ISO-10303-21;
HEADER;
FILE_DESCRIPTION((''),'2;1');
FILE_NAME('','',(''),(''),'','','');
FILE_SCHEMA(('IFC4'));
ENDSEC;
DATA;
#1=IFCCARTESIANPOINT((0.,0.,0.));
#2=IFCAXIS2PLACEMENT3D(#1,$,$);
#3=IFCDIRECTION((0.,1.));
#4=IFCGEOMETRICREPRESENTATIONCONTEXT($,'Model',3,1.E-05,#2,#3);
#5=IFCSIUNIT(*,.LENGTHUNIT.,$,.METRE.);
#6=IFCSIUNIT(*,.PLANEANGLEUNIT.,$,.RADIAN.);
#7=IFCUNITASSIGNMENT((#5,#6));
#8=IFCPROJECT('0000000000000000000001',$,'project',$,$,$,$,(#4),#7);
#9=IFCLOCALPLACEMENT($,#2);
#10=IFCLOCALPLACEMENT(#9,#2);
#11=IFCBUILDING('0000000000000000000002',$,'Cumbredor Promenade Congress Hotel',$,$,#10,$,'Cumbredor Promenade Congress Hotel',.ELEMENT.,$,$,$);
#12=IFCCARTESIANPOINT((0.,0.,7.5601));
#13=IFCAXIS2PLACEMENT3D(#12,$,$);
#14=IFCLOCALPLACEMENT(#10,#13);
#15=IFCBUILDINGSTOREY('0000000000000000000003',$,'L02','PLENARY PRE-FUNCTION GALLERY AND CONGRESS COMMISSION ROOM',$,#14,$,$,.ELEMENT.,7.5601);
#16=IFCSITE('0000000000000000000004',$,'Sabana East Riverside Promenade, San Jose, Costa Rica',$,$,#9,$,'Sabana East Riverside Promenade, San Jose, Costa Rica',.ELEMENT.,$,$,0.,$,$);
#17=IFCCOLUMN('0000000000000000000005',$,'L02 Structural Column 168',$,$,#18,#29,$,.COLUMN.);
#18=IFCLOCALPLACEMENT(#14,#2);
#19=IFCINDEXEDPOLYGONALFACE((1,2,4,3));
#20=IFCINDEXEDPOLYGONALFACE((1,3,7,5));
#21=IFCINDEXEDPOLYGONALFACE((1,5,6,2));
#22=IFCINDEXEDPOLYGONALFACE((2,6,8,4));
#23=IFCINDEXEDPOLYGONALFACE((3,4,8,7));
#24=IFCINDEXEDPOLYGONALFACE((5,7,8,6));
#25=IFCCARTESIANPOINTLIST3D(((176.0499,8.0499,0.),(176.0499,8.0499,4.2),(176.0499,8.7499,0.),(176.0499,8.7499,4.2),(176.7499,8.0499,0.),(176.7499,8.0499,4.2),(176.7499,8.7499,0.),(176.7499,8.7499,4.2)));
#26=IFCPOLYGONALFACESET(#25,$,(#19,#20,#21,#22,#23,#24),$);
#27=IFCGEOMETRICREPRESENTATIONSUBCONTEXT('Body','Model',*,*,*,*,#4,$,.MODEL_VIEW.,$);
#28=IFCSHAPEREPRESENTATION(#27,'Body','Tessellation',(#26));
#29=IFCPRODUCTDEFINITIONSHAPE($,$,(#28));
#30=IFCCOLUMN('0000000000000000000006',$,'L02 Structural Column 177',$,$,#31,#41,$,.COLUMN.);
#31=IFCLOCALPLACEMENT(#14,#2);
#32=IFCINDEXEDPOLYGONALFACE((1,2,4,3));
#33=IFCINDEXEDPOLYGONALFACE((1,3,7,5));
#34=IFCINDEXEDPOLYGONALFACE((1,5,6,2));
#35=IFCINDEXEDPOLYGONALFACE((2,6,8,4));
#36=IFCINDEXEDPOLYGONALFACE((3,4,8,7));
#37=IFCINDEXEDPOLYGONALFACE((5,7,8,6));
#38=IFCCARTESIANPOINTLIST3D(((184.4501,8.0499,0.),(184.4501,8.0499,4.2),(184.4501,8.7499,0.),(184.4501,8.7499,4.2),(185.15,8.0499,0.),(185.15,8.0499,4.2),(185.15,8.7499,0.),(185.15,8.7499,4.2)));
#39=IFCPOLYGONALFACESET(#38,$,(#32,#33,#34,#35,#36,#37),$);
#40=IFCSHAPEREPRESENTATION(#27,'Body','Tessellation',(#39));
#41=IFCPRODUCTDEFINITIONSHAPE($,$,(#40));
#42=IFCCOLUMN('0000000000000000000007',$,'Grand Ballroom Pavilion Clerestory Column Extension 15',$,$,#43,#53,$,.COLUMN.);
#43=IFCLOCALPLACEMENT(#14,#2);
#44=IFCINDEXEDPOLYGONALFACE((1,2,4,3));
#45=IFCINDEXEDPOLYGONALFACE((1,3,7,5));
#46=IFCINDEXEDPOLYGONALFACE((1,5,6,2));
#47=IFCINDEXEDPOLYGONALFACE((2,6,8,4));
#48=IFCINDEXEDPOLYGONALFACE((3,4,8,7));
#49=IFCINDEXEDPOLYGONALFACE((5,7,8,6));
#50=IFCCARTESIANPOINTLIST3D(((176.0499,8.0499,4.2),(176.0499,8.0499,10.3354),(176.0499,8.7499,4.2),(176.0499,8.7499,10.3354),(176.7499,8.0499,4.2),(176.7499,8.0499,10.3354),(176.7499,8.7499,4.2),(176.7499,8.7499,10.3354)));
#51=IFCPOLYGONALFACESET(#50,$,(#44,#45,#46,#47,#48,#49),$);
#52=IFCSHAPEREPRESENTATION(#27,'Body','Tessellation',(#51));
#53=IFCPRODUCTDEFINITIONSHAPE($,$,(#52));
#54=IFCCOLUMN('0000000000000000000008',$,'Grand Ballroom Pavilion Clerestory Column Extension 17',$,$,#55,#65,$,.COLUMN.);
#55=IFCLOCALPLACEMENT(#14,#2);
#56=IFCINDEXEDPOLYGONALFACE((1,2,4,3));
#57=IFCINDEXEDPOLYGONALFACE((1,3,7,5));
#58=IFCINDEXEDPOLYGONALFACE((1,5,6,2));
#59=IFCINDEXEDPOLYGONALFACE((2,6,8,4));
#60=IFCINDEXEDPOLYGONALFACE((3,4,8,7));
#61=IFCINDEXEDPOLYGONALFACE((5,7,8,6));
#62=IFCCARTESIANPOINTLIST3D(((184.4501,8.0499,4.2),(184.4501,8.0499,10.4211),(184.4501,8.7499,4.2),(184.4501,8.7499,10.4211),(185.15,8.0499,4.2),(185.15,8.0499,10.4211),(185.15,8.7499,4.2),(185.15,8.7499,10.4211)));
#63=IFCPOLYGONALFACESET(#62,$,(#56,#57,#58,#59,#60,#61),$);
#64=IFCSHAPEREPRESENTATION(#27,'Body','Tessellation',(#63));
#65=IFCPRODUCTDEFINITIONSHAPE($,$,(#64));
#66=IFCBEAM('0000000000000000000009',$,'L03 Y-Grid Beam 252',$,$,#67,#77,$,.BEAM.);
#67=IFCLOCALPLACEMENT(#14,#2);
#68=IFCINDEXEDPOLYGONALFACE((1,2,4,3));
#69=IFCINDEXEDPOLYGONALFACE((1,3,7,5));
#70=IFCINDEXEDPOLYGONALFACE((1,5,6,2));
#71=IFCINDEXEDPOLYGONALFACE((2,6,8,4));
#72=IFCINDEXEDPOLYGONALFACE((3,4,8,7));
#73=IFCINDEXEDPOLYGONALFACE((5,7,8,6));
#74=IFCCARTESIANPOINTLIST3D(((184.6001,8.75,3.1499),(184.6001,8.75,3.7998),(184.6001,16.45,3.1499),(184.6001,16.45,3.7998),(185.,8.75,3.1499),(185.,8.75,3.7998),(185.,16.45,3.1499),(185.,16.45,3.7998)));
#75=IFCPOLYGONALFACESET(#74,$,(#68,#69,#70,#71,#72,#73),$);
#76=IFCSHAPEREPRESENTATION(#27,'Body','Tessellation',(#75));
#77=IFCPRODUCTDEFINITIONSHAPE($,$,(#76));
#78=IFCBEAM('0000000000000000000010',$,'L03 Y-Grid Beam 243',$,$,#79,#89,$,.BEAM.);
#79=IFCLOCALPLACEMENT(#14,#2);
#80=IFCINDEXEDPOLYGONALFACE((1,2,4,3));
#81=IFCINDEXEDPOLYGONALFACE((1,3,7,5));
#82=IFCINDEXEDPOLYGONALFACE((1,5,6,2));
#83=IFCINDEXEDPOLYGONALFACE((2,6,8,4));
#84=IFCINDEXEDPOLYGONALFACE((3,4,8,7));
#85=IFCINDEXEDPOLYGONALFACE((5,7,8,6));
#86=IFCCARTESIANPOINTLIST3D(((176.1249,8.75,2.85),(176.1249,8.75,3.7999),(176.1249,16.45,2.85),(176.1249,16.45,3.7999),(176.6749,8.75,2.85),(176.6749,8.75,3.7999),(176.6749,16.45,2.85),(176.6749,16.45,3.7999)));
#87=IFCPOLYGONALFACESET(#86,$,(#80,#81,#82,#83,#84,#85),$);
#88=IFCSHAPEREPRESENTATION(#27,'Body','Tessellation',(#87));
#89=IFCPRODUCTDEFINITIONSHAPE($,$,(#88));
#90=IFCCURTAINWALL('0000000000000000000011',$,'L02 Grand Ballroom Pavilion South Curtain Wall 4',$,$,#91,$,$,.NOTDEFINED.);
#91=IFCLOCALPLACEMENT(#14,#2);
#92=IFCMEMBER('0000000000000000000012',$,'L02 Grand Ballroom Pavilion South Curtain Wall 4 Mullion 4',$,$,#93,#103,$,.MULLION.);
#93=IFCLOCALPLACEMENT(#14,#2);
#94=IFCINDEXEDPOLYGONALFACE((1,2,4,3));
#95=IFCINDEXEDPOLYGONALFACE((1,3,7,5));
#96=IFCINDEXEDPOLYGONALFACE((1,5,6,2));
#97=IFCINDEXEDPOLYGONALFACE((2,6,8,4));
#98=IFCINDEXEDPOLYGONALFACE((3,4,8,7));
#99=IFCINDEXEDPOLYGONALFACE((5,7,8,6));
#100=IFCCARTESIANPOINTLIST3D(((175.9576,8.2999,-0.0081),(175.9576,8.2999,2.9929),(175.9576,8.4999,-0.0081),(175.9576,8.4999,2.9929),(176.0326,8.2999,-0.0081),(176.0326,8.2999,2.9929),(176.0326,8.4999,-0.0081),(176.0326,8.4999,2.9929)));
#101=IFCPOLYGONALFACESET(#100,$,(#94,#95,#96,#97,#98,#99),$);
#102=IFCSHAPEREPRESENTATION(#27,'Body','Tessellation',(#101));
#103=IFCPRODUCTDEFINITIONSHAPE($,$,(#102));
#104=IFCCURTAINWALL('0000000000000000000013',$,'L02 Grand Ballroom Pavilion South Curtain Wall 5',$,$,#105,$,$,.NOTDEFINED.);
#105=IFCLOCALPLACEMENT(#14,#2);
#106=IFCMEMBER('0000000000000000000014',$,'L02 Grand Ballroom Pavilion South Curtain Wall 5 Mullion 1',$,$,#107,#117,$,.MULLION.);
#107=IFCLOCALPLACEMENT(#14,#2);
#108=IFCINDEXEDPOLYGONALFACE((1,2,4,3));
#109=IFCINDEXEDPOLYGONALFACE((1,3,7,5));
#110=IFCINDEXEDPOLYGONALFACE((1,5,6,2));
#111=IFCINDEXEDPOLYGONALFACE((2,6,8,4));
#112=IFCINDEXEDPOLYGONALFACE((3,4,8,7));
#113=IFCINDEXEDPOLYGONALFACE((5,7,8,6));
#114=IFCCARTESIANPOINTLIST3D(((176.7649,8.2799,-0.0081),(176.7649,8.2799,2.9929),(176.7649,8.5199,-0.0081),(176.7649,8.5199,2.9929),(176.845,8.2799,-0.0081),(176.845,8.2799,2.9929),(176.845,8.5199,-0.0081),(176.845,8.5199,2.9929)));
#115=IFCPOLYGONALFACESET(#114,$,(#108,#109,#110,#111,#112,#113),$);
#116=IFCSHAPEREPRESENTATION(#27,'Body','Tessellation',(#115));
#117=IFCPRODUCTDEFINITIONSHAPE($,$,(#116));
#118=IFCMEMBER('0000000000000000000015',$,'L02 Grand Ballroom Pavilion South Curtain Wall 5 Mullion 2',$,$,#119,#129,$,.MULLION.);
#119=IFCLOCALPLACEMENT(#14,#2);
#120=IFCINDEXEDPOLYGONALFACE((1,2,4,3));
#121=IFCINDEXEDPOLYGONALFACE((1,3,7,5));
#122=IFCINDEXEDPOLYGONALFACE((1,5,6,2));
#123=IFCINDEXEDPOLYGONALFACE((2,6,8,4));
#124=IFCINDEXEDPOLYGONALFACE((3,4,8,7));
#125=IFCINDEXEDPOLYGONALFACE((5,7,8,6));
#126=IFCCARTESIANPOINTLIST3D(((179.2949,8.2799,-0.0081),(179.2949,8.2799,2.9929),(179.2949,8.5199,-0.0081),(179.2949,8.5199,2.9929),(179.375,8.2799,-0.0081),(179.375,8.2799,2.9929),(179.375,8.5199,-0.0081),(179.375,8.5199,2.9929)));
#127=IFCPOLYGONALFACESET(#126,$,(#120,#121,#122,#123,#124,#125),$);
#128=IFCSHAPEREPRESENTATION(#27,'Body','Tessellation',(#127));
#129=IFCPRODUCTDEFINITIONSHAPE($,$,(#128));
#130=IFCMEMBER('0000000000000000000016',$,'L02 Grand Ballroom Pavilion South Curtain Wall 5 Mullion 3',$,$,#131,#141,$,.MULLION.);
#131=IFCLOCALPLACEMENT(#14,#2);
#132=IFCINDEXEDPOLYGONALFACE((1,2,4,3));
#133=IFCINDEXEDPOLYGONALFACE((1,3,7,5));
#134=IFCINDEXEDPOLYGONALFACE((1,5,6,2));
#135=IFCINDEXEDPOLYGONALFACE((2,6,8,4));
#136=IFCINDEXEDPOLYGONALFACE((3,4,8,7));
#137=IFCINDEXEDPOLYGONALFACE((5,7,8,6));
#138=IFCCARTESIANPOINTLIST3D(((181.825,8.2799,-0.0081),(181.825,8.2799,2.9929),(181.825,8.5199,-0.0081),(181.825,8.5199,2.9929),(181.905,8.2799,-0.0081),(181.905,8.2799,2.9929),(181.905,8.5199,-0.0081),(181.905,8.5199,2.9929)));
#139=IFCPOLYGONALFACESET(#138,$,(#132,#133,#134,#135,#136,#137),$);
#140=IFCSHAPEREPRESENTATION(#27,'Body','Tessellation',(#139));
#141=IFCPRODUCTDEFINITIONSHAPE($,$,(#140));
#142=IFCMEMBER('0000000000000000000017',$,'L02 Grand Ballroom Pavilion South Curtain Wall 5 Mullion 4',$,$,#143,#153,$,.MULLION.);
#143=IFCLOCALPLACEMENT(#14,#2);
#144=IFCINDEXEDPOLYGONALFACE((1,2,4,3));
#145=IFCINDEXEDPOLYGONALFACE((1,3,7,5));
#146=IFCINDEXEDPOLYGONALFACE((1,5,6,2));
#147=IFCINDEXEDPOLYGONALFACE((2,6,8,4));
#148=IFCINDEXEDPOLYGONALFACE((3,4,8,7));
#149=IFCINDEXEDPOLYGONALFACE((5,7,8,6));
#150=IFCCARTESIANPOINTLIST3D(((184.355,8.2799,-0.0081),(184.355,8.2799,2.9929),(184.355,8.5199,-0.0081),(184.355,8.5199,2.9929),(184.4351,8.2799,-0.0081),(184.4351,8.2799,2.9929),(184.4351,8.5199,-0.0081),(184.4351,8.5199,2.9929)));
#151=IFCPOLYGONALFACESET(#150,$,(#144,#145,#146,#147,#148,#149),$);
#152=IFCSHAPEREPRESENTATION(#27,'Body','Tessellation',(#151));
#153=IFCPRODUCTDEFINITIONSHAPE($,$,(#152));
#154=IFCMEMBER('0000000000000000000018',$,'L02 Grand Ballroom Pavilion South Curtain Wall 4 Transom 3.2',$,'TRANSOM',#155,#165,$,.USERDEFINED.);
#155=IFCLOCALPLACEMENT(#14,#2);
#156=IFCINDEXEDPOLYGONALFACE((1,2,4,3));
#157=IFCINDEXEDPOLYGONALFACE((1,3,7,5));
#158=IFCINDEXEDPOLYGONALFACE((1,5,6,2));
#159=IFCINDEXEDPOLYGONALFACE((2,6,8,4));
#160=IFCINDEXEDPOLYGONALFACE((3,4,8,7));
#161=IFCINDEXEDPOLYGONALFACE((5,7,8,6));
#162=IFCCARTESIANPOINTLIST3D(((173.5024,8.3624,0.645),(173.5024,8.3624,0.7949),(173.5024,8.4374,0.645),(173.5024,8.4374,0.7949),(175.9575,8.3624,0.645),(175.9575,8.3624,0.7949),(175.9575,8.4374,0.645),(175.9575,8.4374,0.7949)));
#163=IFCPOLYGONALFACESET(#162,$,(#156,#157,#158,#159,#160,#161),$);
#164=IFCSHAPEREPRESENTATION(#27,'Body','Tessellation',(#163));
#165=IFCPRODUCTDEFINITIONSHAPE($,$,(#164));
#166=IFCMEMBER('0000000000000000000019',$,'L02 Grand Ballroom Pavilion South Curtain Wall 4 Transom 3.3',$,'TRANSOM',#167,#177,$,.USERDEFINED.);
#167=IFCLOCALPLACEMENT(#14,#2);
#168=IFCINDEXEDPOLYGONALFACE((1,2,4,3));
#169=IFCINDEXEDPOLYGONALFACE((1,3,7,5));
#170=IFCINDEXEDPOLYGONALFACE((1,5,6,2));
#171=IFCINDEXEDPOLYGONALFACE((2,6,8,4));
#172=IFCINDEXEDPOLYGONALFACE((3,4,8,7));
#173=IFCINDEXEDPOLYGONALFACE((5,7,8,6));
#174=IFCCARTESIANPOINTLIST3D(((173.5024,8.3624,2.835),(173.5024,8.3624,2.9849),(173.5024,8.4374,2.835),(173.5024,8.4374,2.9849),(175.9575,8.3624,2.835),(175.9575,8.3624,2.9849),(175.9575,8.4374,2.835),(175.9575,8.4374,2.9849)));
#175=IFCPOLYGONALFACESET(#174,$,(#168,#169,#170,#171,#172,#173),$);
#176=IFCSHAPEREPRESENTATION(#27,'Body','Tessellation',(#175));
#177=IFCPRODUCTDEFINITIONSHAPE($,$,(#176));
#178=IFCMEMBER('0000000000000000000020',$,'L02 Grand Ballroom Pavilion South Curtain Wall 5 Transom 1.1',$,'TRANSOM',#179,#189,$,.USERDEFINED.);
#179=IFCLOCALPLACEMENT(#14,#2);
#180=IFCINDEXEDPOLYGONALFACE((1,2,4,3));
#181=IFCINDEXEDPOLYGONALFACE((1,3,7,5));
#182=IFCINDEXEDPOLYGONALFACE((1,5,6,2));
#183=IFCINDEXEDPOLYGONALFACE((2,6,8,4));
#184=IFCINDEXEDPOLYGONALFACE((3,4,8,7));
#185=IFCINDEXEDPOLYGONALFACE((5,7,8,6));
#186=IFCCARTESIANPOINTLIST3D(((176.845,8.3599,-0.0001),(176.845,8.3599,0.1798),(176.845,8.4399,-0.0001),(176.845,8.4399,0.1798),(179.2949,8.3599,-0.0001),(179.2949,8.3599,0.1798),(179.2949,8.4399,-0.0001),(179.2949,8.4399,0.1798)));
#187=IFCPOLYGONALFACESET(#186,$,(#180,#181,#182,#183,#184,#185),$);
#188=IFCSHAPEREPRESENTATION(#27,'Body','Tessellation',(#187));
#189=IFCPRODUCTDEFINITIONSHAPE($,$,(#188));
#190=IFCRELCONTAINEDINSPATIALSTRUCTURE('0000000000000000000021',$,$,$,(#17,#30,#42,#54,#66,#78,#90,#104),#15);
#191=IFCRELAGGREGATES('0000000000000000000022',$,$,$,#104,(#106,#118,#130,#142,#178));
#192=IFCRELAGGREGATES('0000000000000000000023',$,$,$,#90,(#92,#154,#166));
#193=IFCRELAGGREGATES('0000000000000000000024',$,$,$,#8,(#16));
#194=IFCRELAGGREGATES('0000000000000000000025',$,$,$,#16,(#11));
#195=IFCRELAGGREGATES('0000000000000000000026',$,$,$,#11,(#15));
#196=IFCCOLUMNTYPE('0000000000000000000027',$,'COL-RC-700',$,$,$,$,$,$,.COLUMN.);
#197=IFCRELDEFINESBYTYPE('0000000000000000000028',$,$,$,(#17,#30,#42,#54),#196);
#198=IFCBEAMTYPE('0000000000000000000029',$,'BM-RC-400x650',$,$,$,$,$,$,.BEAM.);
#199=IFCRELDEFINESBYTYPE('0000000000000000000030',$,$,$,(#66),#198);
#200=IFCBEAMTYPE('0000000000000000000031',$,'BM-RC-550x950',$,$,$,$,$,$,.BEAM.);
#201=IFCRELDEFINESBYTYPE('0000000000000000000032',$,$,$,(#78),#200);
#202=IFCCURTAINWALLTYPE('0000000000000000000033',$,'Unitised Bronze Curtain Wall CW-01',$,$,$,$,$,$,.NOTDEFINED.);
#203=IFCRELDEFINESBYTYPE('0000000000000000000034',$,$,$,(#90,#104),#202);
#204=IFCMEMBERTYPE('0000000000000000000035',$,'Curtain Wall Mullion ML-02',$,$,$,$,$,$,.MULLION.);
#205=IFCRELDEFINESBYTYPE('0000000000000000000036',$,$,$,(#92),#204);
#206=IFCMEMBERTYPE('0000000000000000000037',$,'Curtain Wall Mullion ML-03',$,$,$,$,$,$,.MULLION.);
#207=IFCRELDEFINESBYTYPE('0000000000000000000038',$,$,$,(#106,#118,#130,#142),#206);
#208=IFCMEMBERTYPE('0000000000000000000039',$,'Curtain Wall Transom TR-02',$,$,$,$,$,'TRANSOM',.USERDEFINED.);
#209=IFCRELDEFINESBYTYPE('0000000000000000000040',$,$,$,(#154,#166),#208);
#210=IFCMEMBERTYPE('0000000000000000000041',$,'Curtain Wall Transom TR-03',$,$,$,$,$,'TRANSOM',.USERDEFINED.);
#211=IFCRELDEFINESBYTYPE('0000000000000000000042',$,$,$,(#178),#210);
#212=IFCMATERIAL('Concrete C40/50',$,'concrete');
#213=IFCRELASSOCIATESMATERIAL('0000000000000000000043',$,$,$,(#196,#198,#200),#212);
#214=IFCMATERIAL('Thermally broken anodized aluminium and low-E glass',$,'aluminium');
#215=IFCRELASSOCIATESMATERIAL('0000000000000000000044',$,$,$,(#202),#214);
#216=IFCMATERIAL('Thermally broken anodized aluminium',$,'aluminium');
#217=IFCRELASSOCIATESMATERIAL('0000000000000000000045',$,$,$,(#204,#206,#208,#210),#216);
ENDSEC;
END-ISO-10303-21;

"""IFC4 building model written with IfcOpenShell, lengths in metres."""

from ifc_helpers import new_model, si_unit, direction, frame, origin, origin_2d, place, context, subcontext, project, spatial, rectangle, extrude, material, material_profile, profile_set, type_object, element, aggregate, save


model = new_model("IFC4")

# Units and contexts
model_context = context("Model", 3, precision=1e-05, world=origin(), true_north=direction((0.0, 1.0)))
body_context = subcontext(model_context, "Body", "Model", "MODEL_VIEW")
ifc_project = project(units=[si_unit("LENGTHUNIT", "METRE"), si_unit("PLANEANGLEUNIT", "RADIAN")], contexts=[model_context])

# Site, building, storey
site_placement = place(None, origin())
site = spatial("IfcSite", under=ifc_project, at=site_placement, Name="Sabana East Riverside Promenade, San Jose, Costa Rica", LongName="Sabana East Riverside Promenade, San Jose, Costa Rica", CompositionType="ELEMENT", RefElevation=0.0)
building_placement = place(site_placement, origin())
building = spatial("IfcBuilding", under=site, at=building_placement, Name="Cumbredor Promenade Congress Hotel", LongName="Cumbredor Promenade Congress Hotel", CompositionType="ELEMENT")
storey_placement = place(building_placement, frame((0.0, 0.0, 7.5601)))
storey = spatial("IfcBuildingStorey", under=building, at=storey_placement, Name="L02", Description="PLENARY PRE-FUNCTION GALLERY AND CONGRESS COMMISSION ROOM", CompositionType="ELEMENT", Elevation=7.5601)

# Columns
ifc_material_1 = material(Name="Concrete C40/50", Category="concrete")
ifc_material_profile_1 = material_profile(ifc_material_1, rectangle(XDim=0.7, YDim=0.7, at=origin_2d()), Name="RC 700x700")
ifc_profile_set_1 = profile_set([ifc_material_profile_1], Name="Concrete C40/50")
column_type = type_object("IfcColumnType", Name="COL-RC-700", PredefinedType="COLUMN", material=ifc_profile_set_1)
for number, where, z_axis, x_axis, name in (
    (1, (176.3999, 8.3999, 0.0), (0.0, 0.0, 1.0), (1.0, 0.0, 0.0), "L02 Structural Column 168"),
    (2, (184.8, 8.3999, 0.0), (0.0, 0.0, 1.0), (1.0, 0.0, 0.0), "L02 Structural Column 177"),
):
    element("IfcColumn", number, at=place(storey_placement, frame(where, z_axis=z_axis, x_axis=x_axis)), inside=storey, type_object=column_type, Name=name, PredefinedType="COLUMN", context=body_context, shape_type="SweptSolid", body=[
        extrude(rectangle(XDim=0.7, YDim=0.7, at=origin_2d()), origin(), (0.0, 0.0, 1.0), 4.2),
    ])
column_1_placement = place(storey_placement, frame((176.3999, 8.3999, 4.2), z_axis=(0.0, 0.0, 1.0), x_axis=(1.0, 0.0, 0.0)))
element("IfcColumn", 3, at=column_1_placement, inside=storey, type_object=column_type, Name="Grand Ballroom Pavilion Clerestory Column Extension 15", PredefinedType="COLUMN", context=body_context, shape_type="SweptSolid", body=[
    extrude(rectangle(XDim=0.7, YDim=0.7, at=origin_2d()), origin(), (0.0, 0.0, 1.0), 6.1355),
])
column_2_placement = place(storey_placement, frame((184.8, 8.3999, 4.2), z_axis=(0.0, 0.0, 1.0), x_axis=(1.0, 0.0, 0.0)))
element("IfcColumn", 4, at=column_2_placement, inside=storey, type_object=column_type, Name="Grand Ballroom Pavilion Clerestory Column Extension 17", PredefinedType="COLUMN", context=body_context, shape_type="SweptSolid", body=[
    extrude(rectangle(XDim=0.7, YDim=0.7, at=origin_2d()), origin(), (0.0, 0.0, 1.0), 6.2212),
])

# Beams
ifc_material_profile_2 = material_profile(ifc_material_1, rectangle(XDim=0.3999, YDim=0.6499, at=origin_2d()), Name="RC BEAM 400x650")
ifc_profile_set_2 = profile_set([ifc_material_profile_2], Name="Concrete C40/50")
beam_type_1 = type_object("IfcBeamType", Name="BM-RC-400x650", PredefinedType="BEAM", material=ifc_profile_set_2)
beam_1_placement = place(storey_placement, frame((184.8, 8.75, 3.4749), z_axis=(0.0, 1.0, 0.0), x_axis=(-1.0, 0.0, 0.0)))
element("IfcBeam", 5, at=beam_1_placement, inside=storey, type_object=beam_type_1, Name="L03 Y-Grid Beam 252", PredefinedType="BEAM", context=body_context, shape_type="SweptSolid", body=[
    extrude(rectangle(XDim=0.3999, YDim=0.6499, at=origin_2d()), origin(), (0.0, 0.0, 1.0), 7.7),
])
ifc_material_profile_3 = material_profile(ifc_material_1, rectangle(XDim=0.55, YDim=0.95, at=origin_2d()), Name="RC BEAM 550x950")
ifc_profile_set_3 = profile_set([ifc_material_profile_3], Name="Concrete C40/50")
beam_type_2 = type_object("IfcBeamType", Name="BM-RC-550x950", PredefinedType="BEAM", material=ifc_profile_set_3)
beam_2_placement = place(storey_placement, frame((176.3999, 8.75, 3.325), z_axis=(0.0, 1.0, 0.0), x_axis=(-1.0, 0.0, 0.0)))
element("IfcBeam", 6, at=beam_2_placement, inside=storey, type_object=beam_type_2, Name="L03 Y-Grid Beam 243", PredefinedType="BEAM", context=body_context, shape_type="SweptSolid", body=[
    extrude(rectangle(XDim=0.55, YDim=0.95, at=origin_2d()), origin(), (0.0, 0.0, 1.0), 7.7),
])

# Curtain wall, member
ifc_material_2 = material(Name="Thermally broken anodized aluminium and low-E glass", Category="aluminium")
curtain_wall_type = type_object("IfcCurtainWallType", Name="Unitised Bronze Curtain Wall CW-01", PredefinedType="NOTDEFINED", material=ifc_material_2)
curtain_wall_1_placement = place(storey_placement, origin())
curtain_wall_1 = element("IfcCurtainWall", 7, at=curtain_wall_1_placement, inside=storey, type_object=curtain_wall_type, Name="L02 Grand Ballroom Pavilion South Curtain Wall 4", PredefinedType="NOTDEFINED")
ifc_material_3 = material(Name="Thermally broken anodized aluminium", Category="aluminium")
ifc_material_profile_4 = material_profile(ifc_material_3, rectangle(XDim=0.075, YDim=0.2, at=origin_2d()), Name="ALU MULLION 75x200")
ifc_profile_set_4 = profile_set([ifc_material_profile_4], Name="Thermally broken anodized aluminium")
member_type_1 = type_object("IfcMemberType", Name="Curtain Wall Mullion ML-02", PredefinedType="MULLION", material=ifc_profile_set_4)
member_1_placement = place(storey_placement, frame((175.9951, 8.3999, -0.0081), z_axis=(0.0, 0.0, 1.0), x_axis=(1.0, 0.0, 0.0)))
member_1 = element("IfcMember", 8, at=member_1_placement, type_object=member_type_1, Name="L02 Grand Ballroom Pavilion South Curtain Wall 4 Mullion 4", PredefinedType="MULLION", context=body_context, shape_type="SweptSolid", body=[
    extrude(rectangle(XDim=0.075, YDim=0.2, at=origin_2d()), origin(), (0.0, 0.0, 1.0), 3.001),
])

# Curtain wall, members
curtain_wall_2_placement = place(storey_placement, origin())
curtain_wall_2 = element("IfcCurtainWall", 9, at=curtain_wall_2_placement, inside=storey, type_object=curtain_wall_type, Name="L02 Grand Ballroom Pavilion South Curtain Wall 5", PredefinedType="NOTDEFINED")
ifc_material_profile_5 = material_profile(ifc_material_3, rectangle(XDim=0.0801, YDim=0.24, at=origin_2d()), Name="ALU MULLION 80x240")
ifc_profile_set_5 = profile_set([ifc_material_profile_5], Name="Thermally broken anodized aluminium")
member_type_2 = type_object("IfcMemberType", Name="Curtain Wall Mullion ML-03", PredefinedType="MULLION", material=ifc_profile_set_5)
member_2_placement = place(storey_placement, frame((176.8049, 8.3999, -0.0081), z_axis=(0.0, 0.0, 1.0), x_axis=(1.0, 0.0, 0.0)))
member_2 = element("IfcMember", 10, at=member_2_placement, type_object=member_type_2, Name="L02 Grand Ballroom Pavilion South Curtain Wall 5 Mullion 1", PredefinedType="MULLION", context=body_context, shape_type="SweptSolid", body=[
    extrude(rectangle(XDim=0.0801, YDim=0.24, at=origin_2d()), origin(), (0.0, 0.0, 1.0), 3.001),
])
member_3_placement = place(storey_placement, frame((179.335, 8.3999, -0.0081), z_axis=(0.0, 0.0, 1.0), x_axis=(1.0, 0.0, 0.0)))
member_3 = element("IfcMember", 11, at=member_3_placement, type_object=member_type_2, Name="L02 Grand Ballroom Pavilion South Curtain Wall 5 Mullion 2", PredefinedType="MULLION", context=body_context, shape_type="SweptSolid", body=[
    extrude(rectangle(XDim=0.0801, YDim=0.24, at=origin_2d()), origin(), (0.0, 0.0, 1.0), 3.001),
])
member_4_placement = place(storey_placement, frame((181.865, 8.3999, -0.0081), z_axis=(0.0, 0.0, 1.0), x_axis=(1.0, 0.0, 0.0)))
member_4 = element("IfcMember", 12, at=member_4_placement, type_object=member_type_2, Name="L02 Grand Ballroom Pavilion South Curtain Wall 5 Mullion 3", PredefinedType="MULLION", context=body_context, shape_type="SweptSolid", body=[
    extrude(rectangle(XDim=0.0801, YDim=0.24, at=origin_2d()), origin(), (0.0, 0.0, 1.0), 3.001),
])
member_5_placement = place(storey_placement, frame((184.395, 8.3999, -0.0081), z_axis=(0.0, 0.0, 1.0), x_axis=(1.0, 0.0, 0.0)))
member_5 = element("IfcMember", 13, at=member_5_placement, type_object=member_type_2, Name="L02 Grand Ballroom Pavilion South Curtain Wall 5 Mullion 4", PredefinedType="MULLION", context=body_context, shape_type="SweptSolid", body=[
    extrude(rectangle(XDim=0.0801, YDim=0.24, at=origin_2d()), origin(), (0.0, 0.0, 1.0), 3.001),
])

# Members
ifc_material_profile_6 = material_profile(ifc_material_3, rectangle(XDim=0.075, YDim=0.1499, at=origin_2d()), Name="ALU TRANSOM 75x150")
ifc_profile_set_6 = profile_set([ifc_material_profile_6], Name="Thermally broken anodized aluminium")
member_type_3 = type_object("IfcMemberType", Name="Curtain Wall Transom TR-02", ElementType="TRANSOM", PredefinedType="USERDEFINED", material=ifc_profile_set_6)
member_6_placement = place(storey_placement, frame((173.5024, 8.3999, 0.72), z_axis=(1.0, 0.0, 0.0), x_axis=(0.0, 1.0, 0.0)))
member_6 = element("IfcMember", 14, at=member_6_placement, type_object=member_type_3, Name="L02 Grand Ballroom Pavilion South Curtain Wall 4 Transom 3.2", ObjectType="TRANSOM", PredefinedType="USERDEFINED", context=body_context, shape_type="SweptSolid", body=[
    extrude(rectangle(XDim=0.075, YDim=0.1499, at=origin_2d()), origin(), (0.0, 0.0, 1.0), 2.4551),
])
member_7_placement = place(storey_placement, frame((173.5024, 8.3999, 2.9099), z_axis=(1.0, 0.0, 0.0), x_axis=(0.0, 1.0, 0.0)))
member_7 = element("IfcMember", 15, at=member_7_placement, type_object=member_type_3, Name="L02 Grand Ballroom Pavilion South Curtain Wall 4 Transom 3.3", ObjectType="TRANSOM", PredefinedType="USERDEFINED", context=body_context, shape_type="SweptSolid", body=[
    extrude(rectangle(XDim=0.075, YDim=0.1499, at=origin_2d()), origin(), (0.0, 0.0, 1.0), 2.4551),
])
ifc_material_profile_7 = material_profile(ifc_material_3, rectangle(XDim=0.0801, YDim=0.1799, at=origin_2d()), Name="ALU TRANSOM 80x180")
ifc_profile_set_7 = profile_set([ifc_material_profile_7], Name="Thermally broken anodized aluminium")
member_type_4 = type_object("IfcMemberType", Name="Curtain Wall Transom TR-03", ElementType="TRANSOM", PredefinedType="USERDEFINED", material=ifc_profile_set_7)
member_8_placement = place(storey_placement, frame((176.845, 8.3999, 0.0898), z_axis=(1.0, 0.0, 0.0), x_axis=(0.0, 1.0, 0.0)))
member_8 = element("IfcMember", 16, at=member_8_placement, type_object=member_type_4, Name="L02 Grand Ballroom Pavilion South Curtain Wall 5 Transom 1.1", ObjectType="TRANSOM", PredefinedType="USERDEFINED", context=body_context, shape_type="SweptSolid", body=[
    extrude(rectangle(XDim=0.0801, YDim=0.1799, at=origin_2d()), origin(), (0.0, 0.0, 1.0), 2.45),
])

aggregate(curtain_wall_2, [member_2, member_3, member_4, member_5, member_8])
aggregate(curtain_wall_1, [member_1, member_6, member_7])

save(model, "model.ifc")
